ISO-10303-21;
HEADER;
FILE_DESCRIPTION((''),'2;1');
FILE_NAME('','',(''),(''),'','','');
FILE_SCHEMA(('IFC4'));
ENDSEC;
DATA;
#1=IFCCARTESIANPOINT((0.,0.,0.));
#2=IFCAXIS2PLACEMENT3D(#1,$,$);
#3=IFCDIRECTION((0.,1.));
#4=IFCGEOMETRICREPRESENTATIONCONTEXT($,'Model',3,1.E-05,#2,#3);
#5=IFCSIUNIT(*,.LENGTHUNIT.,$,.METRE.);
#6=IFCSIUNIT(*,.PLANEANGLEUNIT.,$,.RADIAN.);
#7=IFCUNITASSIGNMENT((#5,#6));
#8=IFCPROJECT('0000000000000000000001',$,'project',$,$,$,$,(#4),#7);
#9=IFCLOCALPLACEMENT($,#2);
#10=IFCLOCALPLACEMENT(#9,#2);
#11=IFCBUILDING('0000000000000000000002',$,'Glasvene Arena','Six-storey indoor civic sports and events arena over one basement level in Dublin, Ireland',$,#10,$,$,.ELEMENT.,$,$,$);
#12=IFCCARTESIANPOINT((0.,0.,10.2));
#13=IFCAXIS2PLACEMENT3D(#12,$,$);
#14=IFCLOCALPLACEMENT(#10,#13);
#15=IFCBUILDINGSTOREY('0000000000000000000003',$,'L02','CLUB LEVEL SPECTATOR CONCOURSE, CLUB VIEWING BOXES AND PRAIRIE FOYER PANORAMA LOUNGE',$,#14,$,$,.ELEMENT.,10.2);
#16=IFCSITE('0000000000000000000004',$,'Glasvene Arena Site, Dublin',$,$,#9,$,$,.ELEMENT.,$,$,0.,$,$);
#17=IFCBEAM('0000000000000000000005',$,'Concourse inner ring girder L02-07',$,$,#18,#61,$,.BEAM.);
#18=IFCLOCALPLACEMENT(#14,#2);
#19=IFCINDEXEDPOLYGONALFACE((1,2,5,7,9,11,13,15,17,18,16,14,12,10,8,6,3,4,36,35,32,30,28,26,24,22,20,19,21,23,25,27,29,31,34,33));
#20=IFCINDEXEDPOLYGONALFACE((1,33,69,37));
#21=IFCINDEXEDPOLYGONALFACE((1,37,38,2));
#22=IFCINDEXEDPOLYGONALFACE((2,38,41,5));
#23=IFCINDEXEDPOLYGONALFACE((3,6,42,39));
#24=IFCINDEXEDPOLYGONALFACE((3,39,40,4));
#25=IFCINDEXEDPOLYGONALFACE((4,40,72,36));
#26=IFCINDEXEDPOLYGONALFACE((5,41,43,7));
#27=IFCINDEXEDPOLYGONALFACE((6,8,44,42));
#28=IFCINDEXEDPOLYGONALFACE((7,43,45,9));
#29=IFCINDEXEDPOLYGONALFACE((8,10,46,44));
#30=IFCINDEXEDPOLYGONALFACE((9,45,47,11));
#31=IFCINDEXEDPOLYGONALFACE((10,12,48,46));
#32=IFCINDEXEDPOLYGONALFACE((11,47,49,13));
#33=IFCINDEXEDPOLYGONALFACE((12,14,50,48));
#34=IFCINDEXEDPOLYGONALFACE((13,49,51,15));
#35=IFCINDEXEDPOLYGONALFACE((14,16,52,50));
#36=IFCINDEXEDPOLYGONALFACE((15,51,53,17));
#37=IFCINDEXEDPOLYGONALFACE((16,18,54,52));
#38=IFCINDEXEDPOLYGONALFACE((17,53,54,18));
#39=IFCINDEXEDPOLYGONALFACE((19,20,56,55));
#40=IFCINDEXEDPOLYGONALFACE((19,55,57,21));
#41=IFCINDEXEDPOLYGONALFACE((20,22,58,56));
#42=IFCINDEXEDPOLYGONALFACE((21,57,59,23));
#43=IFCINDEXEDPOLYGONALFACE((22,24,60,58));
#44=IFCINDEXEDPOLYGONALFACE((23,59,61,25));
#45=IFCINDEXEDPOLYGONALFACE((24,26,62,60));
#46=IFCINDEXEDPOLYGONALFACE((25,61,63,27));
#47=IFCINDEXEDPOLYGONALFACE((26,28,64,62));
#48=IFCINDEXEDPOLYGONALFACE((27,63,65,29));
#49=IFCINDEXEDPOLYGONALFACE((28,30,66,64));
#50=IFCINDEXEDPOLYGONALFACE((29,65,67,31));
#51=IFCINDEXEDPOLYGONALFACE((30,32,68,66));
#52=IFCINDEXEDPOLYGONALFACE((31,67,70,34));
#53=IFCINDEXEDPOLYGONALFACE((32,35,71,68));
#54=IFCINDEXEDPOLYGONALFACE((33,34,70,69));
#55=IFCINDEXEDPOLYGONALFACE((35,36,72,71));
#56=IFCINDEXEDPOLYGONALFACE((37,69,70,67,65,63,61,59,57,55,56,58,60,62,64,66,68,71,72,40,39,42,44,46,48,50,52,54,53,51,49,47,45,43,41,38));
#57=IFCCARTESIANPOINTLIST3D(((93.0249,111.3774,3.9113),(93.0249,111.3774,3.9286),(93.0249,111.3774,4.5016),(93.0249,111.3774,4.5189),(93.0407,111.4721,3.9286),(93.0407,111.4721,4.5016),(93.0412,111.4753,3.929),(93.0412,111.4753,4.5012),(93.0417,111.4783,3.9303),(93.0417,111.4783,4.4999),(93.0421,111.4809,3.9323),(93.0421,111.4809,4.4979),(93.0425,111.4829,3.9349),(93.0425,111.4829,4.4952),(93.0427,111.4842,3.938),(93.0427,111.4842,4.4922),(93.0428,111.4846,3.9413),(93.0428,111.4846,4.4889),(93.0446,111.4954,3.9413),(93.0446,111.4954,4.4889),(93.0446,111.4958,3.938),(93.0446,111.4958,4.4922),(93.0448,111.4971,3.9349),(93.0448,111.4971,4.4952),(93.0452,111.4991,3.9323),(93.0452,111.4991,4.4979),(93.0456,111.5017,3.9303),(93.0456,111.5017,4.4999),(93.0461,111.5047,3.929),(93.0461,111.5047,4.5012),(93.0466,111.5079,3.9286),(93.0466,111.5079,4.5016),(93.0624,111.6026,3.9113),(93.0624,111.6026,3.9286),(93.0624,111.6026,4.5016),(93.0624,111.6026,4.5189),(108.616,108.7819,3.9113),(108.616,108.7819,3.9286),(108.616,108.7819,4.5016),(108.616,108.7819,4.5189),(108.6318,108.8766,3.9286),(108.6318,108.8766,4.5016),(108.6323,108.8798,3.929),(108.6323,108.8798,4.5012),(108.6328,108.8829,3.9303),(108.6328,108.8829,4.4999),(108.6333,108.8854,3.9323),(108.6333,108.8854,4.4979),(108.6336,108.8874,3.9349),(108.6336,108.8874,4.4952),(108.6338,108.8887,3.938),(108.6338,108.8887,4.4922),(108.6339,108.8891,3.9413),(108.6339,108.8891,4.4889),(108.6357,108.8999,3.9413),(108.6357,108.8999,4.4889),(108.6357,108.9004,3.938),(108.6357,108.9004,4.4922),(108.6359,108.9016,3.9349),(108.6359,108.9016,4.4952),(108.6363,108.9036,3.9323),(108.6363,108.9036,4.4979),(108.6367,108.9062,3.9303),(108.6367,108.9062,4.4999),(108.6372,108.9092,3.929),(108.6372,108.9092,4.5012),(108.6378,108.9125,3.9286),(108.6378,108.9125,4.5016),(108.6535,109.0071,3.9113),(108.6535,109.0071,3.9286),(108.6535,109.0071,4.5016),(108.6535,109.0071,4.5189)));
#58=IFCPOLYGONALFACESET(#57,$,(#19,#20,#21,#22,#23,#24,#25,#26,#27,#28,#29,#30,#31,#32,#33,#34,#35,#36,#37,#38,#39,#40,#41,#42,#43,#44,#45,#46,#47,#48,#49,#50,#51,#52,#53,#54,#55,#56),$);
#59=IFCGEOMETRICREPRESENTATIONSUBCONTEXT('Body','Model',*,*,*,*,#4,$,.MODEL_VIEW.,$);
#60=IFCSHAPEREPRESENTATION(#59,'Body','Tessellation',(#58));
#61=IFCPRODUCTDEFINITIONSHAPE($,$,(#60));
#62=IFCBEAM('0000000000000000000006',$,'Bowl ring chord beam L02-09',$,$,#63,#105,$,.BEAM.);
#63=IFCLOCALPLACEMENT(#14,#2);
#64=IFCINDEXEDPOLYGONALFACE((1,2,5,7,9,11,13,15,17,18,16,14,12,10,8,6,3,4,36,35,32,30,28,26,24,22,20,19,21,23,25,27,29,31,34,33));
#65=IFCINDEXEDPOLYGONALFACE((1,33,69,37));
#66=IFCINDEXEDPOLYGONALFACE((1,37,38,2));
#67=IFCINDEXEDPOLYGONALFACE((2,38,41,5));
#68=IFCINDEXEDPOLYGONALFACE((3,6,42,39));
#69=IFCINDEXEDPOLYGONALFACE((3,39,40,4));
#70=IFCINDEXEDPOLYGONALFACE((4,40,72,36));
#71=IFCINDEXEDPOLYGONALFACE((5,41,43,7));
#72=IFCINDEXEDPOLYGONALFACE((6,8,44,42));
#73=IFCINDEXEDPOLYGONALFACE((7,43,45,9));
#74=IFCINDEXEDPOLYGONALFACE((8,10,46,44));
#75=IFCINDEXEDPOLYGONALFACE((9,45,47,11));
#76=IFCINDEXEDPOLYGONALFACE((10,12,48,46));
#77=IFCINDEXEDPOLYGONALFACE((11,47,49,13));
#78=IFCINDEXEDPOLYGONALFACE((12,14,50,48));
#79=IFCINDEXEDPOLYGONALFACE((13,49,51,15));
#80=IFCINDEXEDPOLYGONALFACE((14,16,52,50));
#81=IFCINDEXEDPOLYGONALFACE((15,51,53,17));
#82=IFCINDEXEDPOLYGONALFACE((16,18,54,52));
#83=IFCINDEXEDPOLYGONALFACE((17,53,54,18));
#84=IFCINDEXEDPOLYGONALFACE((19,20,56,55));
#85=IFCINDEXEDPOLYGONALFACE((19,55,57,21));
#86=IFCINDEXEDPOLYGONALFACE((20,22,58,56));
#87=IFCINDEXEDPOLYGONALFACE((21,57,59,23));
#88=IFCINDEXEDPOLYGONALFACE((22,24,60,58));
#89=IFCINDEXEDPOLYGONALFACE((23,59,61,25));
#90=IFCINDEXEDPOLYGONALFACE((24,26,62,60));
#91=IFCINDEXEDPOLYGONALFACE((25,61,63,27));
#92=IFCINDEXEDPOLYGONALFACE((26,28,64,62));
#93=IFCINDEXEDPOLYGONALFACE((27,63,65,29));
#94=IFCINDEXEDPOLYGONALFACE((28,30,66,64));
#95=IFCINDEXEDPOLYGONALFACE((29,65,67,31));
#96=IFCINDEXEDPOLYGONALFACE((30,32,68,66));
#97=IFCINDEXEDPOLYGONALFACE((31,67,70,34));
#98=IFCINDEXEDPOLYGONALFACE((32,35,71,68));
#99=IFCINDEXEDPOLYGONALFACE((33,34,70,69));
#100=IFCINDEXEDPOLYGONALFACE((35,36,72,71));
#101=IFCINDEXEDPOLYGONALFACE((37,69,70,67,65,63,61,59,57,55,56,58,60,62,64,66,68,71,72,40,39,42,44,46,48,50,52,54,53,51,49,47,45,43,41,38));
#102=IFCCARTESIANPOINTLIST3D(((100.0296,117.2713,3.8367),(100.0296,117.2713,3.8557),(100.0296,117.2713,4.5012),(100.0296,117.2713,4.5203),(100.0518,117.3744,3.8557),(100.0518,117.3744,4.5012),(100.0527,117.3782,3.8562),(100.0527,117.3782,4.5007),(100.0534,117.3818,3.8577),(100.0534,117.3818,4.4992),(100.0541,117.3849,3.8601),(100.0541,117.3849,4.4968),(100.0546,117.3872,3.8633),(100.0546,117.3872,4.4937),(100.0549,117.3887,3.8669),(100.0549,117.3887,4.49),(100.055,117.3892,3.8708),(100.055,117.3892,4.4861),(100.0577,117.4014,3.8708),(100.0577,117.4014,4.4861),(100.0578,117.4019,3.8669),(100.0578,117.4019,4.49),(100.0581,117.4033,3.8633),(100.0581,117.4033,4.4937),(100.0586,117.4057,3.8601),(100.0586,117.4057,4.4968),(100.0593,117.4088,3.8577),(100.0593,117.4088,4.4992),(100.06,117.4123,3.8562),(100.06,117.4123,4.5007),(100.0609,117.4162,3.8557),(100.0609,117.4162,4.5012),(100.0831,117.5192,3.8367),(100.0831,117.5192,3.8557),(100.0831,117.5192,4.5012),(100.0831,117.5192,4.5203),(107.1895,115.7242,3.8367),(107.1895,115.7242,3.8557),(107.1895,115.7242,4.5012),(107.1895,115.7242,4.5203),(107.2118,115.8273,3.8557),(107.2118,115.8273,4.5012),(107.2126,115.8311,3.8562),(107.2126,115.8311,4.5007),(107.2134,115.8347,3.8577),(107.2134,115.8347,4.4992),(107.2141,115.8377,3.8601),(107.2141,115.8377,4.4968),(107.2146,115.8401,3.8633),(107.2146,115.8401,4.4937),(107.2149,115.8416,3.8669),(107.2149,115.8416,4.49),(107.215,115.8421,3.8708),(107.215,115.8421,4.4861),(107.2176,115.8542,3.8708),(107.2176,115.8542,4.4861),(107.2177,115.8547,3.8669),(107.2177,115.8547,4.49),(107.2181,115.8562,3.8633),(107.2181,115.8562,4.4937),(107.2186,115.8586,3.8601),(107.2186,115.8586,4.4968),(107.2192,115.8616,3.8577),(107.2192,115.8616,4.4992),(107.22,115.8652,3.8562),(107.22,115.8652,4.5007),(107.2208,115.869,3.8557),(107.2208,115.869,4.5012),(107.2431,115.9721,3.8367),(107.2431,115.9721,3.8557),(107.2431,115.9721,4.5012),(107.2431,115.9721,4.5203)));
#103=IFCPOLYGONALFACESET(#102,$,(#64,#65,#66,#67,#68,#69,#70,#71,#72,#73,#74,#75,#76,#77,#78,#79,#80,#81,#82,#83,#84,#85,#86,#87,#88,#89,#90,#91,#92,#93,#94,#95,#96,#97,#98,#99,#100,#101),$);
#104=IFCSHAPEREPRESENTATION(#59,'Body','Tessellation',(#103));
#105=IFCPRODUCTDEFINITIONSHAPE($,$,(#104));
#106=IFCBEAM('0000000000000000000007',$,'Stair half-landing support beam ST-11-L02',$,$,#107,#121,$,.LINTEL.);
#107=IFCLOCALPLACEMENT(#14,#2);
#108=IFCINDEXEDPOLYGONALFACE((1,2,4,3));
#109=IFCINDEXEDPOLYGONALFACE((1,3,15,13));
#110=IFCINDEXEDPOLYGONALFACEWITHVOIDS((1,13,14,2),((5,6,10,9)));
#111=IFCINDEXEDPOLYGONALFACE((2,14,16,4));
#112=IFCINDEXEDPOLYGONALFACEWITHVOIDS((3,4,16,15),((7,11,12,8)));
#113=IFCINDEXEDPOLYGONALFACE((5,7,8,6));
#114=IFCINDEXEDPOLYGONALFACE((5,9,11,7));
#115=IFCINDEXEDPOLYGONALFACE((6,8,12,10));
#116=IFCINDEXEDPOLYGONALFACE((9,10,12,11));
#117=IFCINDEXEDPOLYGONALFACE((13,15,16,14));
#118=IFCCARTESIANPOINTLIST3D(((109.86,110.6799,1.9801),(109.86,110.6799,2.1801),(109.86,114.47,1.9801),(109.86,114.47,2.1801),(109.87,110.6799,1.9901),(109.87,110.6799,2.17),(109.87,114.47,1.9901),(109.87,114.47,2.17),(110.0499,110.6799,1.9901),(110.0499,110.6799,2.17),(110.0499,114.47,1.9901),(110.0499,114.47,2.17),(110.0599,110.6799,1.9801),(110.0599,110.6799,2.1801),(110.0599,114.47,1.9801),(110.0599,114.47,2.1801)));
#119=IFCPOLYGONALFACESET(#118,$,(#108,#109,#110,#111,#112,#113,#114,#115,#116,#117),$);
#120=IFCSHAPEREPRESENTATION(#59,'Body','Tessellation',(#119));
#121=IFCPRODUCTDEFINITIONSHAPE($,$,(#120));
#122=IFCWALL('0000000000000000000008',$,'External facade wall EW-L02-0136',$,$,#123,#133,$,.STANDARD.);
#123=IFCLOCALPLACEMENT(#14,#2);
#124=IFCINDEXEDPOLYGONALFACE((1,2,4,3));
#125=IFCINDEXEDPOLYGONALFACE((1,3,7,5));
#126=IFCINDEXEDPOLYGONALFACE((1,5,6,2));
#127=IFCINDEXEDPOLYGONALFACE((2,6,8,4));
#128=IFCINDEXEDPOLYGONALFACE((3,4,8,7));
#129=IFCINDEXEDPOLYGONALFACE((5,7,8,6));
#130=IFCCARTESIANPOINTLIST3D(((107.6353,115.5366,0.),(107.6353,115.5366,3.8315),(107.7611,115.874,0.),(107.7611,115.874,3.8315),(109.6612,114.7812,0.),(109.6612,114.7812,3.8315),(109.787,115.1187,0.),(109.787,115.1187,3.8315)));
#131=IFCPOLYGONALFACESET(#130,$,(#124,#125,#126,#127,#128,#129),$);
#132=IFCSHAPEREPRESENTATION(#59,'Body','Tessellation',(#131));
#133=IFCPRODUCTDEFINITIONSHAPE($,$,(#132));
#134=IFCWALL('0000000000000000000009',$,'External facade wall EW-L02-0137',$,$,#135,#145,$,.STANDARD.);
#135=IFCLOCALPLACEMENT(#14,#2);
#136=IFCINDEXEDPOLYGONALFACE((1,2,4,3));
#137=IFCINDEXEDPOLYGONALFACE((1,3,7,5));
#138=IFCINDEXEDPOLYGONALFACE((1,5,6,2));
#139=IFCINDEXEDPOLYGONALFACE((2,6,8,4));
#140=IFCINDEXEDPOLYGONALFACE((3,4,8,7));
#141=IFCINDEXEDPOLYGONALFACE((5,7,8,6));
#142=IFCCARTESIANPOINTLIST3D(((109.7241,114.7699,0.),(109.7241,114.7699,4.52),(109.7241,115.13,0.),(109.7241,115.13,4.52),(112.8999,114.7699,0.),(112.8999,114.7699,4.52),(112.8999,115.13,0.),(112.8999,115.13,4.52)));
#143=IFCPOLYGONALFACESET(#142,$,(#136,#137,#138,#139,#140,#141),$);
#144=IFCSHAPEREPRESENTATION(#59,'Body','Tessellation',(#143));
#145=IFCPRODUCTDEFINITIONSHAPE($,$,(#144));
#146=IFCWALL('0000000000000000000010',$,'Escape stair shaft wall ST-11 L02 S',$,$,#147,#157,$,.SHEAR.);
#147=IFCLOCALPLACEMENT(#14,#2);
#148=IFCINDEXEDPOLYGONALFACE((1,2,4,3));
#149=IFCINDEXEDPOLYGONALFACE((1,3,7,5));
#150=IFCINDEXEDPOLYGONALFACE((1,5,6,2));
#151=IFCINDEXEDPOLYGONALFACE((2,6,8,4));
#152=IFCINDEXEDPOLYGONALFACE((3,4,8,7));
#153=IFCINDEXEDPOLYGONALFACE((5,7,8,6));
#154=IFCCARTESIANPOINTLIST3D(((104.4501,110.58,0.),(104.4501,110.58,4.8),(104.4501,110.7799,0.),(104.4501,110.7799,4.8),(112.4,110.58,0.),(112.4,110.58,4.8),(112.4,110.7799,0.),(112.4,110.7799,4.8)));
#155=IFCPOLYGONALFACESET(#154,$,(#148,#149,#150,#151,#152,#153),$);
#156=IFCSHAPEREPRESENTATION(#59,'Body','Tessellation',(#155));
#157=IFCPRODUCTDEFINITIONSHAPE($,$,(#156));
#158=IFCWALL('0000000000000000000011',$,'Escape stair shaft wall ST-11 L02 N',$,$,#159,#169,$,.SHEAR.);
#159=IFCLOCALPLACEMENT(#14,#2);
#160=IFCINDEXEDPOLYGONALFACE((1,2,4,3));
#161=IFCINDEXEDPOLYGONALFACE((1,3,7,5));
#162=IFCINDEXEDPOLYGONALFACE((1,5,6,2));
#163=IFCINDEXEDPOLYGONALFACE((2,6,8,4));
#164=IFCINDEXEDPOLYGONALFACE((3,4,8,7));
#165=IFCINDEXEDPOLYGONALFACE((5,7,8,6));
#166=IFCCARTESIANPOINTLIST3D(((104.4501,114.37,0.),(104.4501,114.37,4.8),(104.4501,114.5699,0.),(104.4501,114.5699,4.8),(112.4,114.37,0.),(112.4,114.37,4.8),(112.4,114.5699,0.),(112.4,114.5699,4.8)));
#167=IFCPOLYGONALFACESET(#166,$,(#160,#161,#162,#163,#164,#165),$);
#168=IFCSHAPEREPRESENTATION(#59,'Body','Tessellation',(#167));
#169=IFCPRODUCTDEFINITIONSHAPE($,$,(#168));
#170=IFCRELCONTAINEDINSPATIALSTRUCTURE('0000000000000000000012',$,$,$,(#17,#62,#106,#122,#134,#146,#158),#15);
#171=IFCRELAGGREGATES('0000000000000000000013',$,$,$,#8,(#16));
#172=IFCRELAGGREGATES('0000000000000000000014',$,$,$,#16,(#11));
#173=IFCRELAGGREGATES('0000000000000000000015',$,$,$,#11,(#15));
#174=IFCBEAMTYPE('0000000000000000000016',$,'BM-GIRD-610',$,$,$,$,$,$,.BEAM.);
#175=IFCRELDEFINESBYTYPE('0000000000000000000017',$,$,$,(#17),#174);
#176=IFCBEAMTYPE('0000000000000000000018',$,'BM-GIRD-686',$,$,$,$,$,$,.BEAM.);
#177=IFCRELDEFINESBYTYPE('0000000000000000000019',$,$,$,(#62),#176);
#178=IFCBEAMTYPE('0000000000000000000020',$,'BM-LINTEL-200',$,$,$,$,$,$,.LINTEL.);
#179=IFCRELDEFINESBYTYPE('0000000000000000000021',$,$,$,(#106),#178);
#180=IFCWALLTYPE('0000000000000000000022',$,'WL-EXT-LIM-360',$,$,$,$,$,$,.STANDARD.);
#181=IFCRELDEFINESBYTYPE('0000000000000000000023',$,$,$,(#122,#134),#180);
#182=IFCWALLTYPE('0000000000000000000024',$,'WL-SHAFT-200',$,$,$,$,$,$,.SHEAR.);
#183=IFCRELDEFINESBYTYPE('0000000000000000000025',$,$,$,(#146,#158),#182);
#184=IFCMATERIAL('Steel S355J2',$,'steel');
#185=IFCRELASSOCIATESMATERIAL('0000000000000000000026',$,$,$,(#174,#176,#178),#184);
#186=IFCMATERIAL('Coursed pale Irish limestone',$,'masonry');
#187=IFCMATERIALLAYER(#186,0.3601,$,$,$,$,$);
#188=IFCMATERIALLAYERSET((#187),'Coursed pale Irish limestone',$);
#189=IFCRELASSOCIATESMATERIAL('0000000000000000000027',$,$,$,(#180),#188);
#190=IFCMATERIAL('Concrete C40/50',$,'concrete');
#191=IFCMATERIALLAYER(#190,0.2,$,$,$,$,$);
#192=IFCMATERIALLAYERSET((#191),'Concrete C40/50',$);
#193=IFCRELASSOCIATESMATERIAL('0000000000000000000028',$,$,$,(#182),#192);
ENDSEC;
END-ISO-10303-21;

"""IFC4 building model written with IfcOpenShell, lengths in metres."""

from ifc_helpers import new_model, si_unit, direction, frame, frame_2d, origin, origin_2d, place, context, subcontext, project, spatial, rectangle, hollow_rectangle, i_section, extrude, material, layer, layer_set, material_profile, profile_set, type_object, element, save


model = new_model("IFC4")

# Units and contexts
model_context = context("Model", 3, precision=1e-05, world=origin(), true_north=direction((0.0, 1.0)))
body_context = subcontext(model_context, "Body", "Model", "MODEL_VIEW")
ifc_project = project(units=[si_unit("LENGTHUNIT", "METRE"), si_unit("PLANEANGLEUNIT", "RADIAN")], contexts=[model_context])

# Site, building, storey
site_placement = place(None, origin())
site = spatial("IfcSite", under=ifc_project, at=site_placement, Name="Glasvene Arena Site, Dublin", CompositionType="ELEMENT", RefElevation=0.0)
building_placement = place(site_placement, origin())
building = spatial("IfcBuilding", under=site, at=building_placement, Name="Glasvene Arena", Description="Six-storey indoor civic sports and events arena over one basement level in Dublin, Ireland", CompositionType="ELEMENT")
storey_placement = place(building_placement, frame((0.0, 0.0, 10.2)))
storey = spatial("IfcBuildingStorey", under=building, at=storey_placement, Name="L02", Description="CLUB LEVEL SPECTATOR CONCOURSE, CLUB VIEWING BOXES AND PRAIRIE FOYER PANORAMA LOUNGE", CompositionType="ELEMENT", Elevation=10.2)

# Shared definitions
ifc_material_1 = material(Name="Steel S355J2", Category="steel")

# Beams
ifc_material_profile_1 = material_profile(ifc_material_1, i_section(OverallWidth=0.2283, OverallDepth=0.6077, WebThickness=0.011, FlangeThickness=0.0173, FilletRadius=0.0127, at=origin_2d()), Name="UKB 610x229x113")
ifc_profile_set_1 = profile_set([ifc_material_profile_1], Name="Steel S355J2")
beam_type_1 = type_object("IfcBeamType", Name="BM-GIRD-610", PredefinedType="BEAM", material=ifc_profile_set_1)
beam_1_placement = place(storey_placement, frame((108.6348, 108.8945, 4.2151), z_axis=(-0.986425, 0.164211, 0.0), x_axis=(-0.164211, -0.986425, 0.0)))
element("IfcBeam", 1, at=beam_1_placement, inside=storey, type_object=beam_type_1, Name="Concourse inner ring girder L02-07", PredefinedType="BEAM", context=body_context, shape_type="SweptSolid", body=[
    extrude(i_section(OverallWidth=0.2283, OverallDepth=0.6077, WebThickness=0.011, FlangeThickness=0.0173, FilletRadius=0.0127, at=origin_2d()), origin(), (0.0, 0.0, 1.0), 15.8057),
])
ifc_material_profile_2 = material_profile(ifc_material_1, i_section(OverallWidth=0.2537, OverallDepth=0.6836, WebThickness=0.0125, FlangeThickness=0.019, FilletRadius=0.0151, at=origin_2d()), Name="UKB 686x254x140")
ifc_profile_set_2 = profile_set([ifc_material_profile_2], Name="Steel S355J2")
beam_type_2 = type_object("IfcBeamType", Name="BM-GIRD-686", PredefinedType="BEAM", material=ifc_profile_set_2)
beam_2_placement = place(storey_placement, frame((107.2163, 115.8481, 4.1785), z_axis=(-0.977442, 0.211206, 0.0), x_axis=(-0.211206, -0.977442, 0.0)))
element("IfcBeam", 2, at=beam_2_placement, inside=storey, type_object=beam_type_2, Name="Bowl ring chord beam L02-09", PredefinedType="BEAM", context=body_context, shape_type="SweptSolid", body=[
    extrude(i_section(OverallWidth=0.2537, OverallDepth=0.6836, WebThickness=0.0125, FlangeThickness=0.019, FilletRadius=0.0151, at=origin_2d()), origin(), (0.0, 0.0, 1.0), 7.3252),
])
ifc_material_profile_3 = material_profile(ifc_material_1, hollow_rectangle(XDim=0.2, YDim=0.2, WallThickness=0.01, at=origin_2d()), Name="SHS 200x200x10.0")
ifc_profile_set_3 = profile_set([ifc_material_profile_3], Name="Steel S355J2")
beam_type_3 = type_object("IfcBeamType", Name="BM-LINTEL-200", PredefinedType="LINTEL", material=ifc_profile_set_3)
beam_3_placement = place(storey_placement, frame((109.96, 110.6799, 2.0801), z_axis=(0.0, 1.0, 0.0), x_axis=(-1.0, 0.0, 0.0)))
element("IfcBeam", 3, at=beam_3_placement, inside=storey, type_object=beam_type_3, Name="Stair half-landing support beam ST-11-L02", PredefinedType="LINTEL", context=body_context, shape_type="SweptSolid", body=[
    extrude(hollow_rectangle(XDim=0.2, YDim=0.2, WallThickness=0.01, at=origin_2d()), origin(), (0.0, 0.0, 1.0), 3.79),
])

# Walls
ifc_material_2 = material(Name="Coursed pale Irish limestone", Category="masonry")
ifc_layer_1 = layer(ifc_material_2, 0.3601)
ifc_layer_set_1 = layer_set([ifc_layer_1], Name="Coursed pale Irish limestone")
wall_type_1 = type_object("IfcWallType", Name="WL-EXT-LIM-360", PredefinedType="STANDARD", material=ifc_layer_set_1)
wall_1_placement = place(storey_placement, frame((107.6982, 115.7053, 0.0), z_axis=(0.0, 0.0, 1.0), x_axis=(0.936986, -0.349366, 0.0)))
element("IfcWall", 4, at=wall_1_placement, inside=storey, type_object=wall_type_1, Name="External facade wall EW-L02-0136", PredefinedType="STANDARD", context=body_context, shape_type="SweptSolid", body=[
    extrude(rectangle(XDim=2.1621, YDim=0.3601, at=frame_2d((1.0811, 0.0))), origin(), (0.0, 0.0, 1.0), 3.8315),
])
wall_2_placement = place(storey_placement, frame((109.7241, 114.95, 0.0), z_axis=(0.0, 0.0, 1.0), x_axis=(1.0, 0.0, 0.0)))
element("IfcWall", 5, at=wall_2_placement, inside=storey, type_object=wall_type_1, Name="External facade wall EW-L02-0137", PredefinedType="STANDARD", context=body_context, shape_type="SweptSolid", body=[
    extrude(rectangle(XDim=3.1758, YDim=0.3601, at=frame_2d((1.5879, 0.0))), origin(), (0.0, 0.0, 1.0), 4.52),
])
ifc_material_3 = material(Name="Concrete C40/50", Category="concrete")
ifc_layer_2 = layer(ifc_material_3, 0.2)
ifc_layer_set_2 = layer_set([ifc_layer_2], Name="Concrete C40/50")
wall_type_2 = type_object("IfcWallType", Name="WL-SHAFT-200", PredefinedType="SHEAR", material=ifc_layer_set_2)
wall_3_placement = place(storey_placement, frame((104.45, 110.6799, 0.0), z_axis=(0.0, 0.0, 1.0), x_axis=(1.0, 0.0, 0.0)))
element("IfcWall", 6, at=wall_3_placement, inside=storey, type_object=wall_type_2, Name="Escape stair shaft wall ST-11 L02 S", PredefinedType="SHEAR", context=body_context, shape_type="SweptSolid", body=[
    extrude(rectangle(XDim=7.95, YDim=0.2, at=frame_2d((3.9751, 0.0))), origin(), (0.0, 0.0, 1.0), 4.8),
])

# Wall
wall_4_placement = place(storey_placement, frame((104.45, 114.47, 0.0), z_axis=(0.0, 0.0, 1.0), x_axis=(1.0, 0.0, 0.0)))
element("IfcWall", 7, at=wall_4_placement, inside=storey, type_object=wall_type_2, Name="Escape stair shaft wall ST-11 L02 N", PredefinedType="SHEAR", context=body_context, shape_type="SweptSolid", body=[
    extrude(rectangle(XDim=7.95, YDim=0.2, at=frame_2d((3.9751, 0.0))), origin(), (0.0, 0.0, 1.0), 4.8),
])

save(model, "model.ifc")
